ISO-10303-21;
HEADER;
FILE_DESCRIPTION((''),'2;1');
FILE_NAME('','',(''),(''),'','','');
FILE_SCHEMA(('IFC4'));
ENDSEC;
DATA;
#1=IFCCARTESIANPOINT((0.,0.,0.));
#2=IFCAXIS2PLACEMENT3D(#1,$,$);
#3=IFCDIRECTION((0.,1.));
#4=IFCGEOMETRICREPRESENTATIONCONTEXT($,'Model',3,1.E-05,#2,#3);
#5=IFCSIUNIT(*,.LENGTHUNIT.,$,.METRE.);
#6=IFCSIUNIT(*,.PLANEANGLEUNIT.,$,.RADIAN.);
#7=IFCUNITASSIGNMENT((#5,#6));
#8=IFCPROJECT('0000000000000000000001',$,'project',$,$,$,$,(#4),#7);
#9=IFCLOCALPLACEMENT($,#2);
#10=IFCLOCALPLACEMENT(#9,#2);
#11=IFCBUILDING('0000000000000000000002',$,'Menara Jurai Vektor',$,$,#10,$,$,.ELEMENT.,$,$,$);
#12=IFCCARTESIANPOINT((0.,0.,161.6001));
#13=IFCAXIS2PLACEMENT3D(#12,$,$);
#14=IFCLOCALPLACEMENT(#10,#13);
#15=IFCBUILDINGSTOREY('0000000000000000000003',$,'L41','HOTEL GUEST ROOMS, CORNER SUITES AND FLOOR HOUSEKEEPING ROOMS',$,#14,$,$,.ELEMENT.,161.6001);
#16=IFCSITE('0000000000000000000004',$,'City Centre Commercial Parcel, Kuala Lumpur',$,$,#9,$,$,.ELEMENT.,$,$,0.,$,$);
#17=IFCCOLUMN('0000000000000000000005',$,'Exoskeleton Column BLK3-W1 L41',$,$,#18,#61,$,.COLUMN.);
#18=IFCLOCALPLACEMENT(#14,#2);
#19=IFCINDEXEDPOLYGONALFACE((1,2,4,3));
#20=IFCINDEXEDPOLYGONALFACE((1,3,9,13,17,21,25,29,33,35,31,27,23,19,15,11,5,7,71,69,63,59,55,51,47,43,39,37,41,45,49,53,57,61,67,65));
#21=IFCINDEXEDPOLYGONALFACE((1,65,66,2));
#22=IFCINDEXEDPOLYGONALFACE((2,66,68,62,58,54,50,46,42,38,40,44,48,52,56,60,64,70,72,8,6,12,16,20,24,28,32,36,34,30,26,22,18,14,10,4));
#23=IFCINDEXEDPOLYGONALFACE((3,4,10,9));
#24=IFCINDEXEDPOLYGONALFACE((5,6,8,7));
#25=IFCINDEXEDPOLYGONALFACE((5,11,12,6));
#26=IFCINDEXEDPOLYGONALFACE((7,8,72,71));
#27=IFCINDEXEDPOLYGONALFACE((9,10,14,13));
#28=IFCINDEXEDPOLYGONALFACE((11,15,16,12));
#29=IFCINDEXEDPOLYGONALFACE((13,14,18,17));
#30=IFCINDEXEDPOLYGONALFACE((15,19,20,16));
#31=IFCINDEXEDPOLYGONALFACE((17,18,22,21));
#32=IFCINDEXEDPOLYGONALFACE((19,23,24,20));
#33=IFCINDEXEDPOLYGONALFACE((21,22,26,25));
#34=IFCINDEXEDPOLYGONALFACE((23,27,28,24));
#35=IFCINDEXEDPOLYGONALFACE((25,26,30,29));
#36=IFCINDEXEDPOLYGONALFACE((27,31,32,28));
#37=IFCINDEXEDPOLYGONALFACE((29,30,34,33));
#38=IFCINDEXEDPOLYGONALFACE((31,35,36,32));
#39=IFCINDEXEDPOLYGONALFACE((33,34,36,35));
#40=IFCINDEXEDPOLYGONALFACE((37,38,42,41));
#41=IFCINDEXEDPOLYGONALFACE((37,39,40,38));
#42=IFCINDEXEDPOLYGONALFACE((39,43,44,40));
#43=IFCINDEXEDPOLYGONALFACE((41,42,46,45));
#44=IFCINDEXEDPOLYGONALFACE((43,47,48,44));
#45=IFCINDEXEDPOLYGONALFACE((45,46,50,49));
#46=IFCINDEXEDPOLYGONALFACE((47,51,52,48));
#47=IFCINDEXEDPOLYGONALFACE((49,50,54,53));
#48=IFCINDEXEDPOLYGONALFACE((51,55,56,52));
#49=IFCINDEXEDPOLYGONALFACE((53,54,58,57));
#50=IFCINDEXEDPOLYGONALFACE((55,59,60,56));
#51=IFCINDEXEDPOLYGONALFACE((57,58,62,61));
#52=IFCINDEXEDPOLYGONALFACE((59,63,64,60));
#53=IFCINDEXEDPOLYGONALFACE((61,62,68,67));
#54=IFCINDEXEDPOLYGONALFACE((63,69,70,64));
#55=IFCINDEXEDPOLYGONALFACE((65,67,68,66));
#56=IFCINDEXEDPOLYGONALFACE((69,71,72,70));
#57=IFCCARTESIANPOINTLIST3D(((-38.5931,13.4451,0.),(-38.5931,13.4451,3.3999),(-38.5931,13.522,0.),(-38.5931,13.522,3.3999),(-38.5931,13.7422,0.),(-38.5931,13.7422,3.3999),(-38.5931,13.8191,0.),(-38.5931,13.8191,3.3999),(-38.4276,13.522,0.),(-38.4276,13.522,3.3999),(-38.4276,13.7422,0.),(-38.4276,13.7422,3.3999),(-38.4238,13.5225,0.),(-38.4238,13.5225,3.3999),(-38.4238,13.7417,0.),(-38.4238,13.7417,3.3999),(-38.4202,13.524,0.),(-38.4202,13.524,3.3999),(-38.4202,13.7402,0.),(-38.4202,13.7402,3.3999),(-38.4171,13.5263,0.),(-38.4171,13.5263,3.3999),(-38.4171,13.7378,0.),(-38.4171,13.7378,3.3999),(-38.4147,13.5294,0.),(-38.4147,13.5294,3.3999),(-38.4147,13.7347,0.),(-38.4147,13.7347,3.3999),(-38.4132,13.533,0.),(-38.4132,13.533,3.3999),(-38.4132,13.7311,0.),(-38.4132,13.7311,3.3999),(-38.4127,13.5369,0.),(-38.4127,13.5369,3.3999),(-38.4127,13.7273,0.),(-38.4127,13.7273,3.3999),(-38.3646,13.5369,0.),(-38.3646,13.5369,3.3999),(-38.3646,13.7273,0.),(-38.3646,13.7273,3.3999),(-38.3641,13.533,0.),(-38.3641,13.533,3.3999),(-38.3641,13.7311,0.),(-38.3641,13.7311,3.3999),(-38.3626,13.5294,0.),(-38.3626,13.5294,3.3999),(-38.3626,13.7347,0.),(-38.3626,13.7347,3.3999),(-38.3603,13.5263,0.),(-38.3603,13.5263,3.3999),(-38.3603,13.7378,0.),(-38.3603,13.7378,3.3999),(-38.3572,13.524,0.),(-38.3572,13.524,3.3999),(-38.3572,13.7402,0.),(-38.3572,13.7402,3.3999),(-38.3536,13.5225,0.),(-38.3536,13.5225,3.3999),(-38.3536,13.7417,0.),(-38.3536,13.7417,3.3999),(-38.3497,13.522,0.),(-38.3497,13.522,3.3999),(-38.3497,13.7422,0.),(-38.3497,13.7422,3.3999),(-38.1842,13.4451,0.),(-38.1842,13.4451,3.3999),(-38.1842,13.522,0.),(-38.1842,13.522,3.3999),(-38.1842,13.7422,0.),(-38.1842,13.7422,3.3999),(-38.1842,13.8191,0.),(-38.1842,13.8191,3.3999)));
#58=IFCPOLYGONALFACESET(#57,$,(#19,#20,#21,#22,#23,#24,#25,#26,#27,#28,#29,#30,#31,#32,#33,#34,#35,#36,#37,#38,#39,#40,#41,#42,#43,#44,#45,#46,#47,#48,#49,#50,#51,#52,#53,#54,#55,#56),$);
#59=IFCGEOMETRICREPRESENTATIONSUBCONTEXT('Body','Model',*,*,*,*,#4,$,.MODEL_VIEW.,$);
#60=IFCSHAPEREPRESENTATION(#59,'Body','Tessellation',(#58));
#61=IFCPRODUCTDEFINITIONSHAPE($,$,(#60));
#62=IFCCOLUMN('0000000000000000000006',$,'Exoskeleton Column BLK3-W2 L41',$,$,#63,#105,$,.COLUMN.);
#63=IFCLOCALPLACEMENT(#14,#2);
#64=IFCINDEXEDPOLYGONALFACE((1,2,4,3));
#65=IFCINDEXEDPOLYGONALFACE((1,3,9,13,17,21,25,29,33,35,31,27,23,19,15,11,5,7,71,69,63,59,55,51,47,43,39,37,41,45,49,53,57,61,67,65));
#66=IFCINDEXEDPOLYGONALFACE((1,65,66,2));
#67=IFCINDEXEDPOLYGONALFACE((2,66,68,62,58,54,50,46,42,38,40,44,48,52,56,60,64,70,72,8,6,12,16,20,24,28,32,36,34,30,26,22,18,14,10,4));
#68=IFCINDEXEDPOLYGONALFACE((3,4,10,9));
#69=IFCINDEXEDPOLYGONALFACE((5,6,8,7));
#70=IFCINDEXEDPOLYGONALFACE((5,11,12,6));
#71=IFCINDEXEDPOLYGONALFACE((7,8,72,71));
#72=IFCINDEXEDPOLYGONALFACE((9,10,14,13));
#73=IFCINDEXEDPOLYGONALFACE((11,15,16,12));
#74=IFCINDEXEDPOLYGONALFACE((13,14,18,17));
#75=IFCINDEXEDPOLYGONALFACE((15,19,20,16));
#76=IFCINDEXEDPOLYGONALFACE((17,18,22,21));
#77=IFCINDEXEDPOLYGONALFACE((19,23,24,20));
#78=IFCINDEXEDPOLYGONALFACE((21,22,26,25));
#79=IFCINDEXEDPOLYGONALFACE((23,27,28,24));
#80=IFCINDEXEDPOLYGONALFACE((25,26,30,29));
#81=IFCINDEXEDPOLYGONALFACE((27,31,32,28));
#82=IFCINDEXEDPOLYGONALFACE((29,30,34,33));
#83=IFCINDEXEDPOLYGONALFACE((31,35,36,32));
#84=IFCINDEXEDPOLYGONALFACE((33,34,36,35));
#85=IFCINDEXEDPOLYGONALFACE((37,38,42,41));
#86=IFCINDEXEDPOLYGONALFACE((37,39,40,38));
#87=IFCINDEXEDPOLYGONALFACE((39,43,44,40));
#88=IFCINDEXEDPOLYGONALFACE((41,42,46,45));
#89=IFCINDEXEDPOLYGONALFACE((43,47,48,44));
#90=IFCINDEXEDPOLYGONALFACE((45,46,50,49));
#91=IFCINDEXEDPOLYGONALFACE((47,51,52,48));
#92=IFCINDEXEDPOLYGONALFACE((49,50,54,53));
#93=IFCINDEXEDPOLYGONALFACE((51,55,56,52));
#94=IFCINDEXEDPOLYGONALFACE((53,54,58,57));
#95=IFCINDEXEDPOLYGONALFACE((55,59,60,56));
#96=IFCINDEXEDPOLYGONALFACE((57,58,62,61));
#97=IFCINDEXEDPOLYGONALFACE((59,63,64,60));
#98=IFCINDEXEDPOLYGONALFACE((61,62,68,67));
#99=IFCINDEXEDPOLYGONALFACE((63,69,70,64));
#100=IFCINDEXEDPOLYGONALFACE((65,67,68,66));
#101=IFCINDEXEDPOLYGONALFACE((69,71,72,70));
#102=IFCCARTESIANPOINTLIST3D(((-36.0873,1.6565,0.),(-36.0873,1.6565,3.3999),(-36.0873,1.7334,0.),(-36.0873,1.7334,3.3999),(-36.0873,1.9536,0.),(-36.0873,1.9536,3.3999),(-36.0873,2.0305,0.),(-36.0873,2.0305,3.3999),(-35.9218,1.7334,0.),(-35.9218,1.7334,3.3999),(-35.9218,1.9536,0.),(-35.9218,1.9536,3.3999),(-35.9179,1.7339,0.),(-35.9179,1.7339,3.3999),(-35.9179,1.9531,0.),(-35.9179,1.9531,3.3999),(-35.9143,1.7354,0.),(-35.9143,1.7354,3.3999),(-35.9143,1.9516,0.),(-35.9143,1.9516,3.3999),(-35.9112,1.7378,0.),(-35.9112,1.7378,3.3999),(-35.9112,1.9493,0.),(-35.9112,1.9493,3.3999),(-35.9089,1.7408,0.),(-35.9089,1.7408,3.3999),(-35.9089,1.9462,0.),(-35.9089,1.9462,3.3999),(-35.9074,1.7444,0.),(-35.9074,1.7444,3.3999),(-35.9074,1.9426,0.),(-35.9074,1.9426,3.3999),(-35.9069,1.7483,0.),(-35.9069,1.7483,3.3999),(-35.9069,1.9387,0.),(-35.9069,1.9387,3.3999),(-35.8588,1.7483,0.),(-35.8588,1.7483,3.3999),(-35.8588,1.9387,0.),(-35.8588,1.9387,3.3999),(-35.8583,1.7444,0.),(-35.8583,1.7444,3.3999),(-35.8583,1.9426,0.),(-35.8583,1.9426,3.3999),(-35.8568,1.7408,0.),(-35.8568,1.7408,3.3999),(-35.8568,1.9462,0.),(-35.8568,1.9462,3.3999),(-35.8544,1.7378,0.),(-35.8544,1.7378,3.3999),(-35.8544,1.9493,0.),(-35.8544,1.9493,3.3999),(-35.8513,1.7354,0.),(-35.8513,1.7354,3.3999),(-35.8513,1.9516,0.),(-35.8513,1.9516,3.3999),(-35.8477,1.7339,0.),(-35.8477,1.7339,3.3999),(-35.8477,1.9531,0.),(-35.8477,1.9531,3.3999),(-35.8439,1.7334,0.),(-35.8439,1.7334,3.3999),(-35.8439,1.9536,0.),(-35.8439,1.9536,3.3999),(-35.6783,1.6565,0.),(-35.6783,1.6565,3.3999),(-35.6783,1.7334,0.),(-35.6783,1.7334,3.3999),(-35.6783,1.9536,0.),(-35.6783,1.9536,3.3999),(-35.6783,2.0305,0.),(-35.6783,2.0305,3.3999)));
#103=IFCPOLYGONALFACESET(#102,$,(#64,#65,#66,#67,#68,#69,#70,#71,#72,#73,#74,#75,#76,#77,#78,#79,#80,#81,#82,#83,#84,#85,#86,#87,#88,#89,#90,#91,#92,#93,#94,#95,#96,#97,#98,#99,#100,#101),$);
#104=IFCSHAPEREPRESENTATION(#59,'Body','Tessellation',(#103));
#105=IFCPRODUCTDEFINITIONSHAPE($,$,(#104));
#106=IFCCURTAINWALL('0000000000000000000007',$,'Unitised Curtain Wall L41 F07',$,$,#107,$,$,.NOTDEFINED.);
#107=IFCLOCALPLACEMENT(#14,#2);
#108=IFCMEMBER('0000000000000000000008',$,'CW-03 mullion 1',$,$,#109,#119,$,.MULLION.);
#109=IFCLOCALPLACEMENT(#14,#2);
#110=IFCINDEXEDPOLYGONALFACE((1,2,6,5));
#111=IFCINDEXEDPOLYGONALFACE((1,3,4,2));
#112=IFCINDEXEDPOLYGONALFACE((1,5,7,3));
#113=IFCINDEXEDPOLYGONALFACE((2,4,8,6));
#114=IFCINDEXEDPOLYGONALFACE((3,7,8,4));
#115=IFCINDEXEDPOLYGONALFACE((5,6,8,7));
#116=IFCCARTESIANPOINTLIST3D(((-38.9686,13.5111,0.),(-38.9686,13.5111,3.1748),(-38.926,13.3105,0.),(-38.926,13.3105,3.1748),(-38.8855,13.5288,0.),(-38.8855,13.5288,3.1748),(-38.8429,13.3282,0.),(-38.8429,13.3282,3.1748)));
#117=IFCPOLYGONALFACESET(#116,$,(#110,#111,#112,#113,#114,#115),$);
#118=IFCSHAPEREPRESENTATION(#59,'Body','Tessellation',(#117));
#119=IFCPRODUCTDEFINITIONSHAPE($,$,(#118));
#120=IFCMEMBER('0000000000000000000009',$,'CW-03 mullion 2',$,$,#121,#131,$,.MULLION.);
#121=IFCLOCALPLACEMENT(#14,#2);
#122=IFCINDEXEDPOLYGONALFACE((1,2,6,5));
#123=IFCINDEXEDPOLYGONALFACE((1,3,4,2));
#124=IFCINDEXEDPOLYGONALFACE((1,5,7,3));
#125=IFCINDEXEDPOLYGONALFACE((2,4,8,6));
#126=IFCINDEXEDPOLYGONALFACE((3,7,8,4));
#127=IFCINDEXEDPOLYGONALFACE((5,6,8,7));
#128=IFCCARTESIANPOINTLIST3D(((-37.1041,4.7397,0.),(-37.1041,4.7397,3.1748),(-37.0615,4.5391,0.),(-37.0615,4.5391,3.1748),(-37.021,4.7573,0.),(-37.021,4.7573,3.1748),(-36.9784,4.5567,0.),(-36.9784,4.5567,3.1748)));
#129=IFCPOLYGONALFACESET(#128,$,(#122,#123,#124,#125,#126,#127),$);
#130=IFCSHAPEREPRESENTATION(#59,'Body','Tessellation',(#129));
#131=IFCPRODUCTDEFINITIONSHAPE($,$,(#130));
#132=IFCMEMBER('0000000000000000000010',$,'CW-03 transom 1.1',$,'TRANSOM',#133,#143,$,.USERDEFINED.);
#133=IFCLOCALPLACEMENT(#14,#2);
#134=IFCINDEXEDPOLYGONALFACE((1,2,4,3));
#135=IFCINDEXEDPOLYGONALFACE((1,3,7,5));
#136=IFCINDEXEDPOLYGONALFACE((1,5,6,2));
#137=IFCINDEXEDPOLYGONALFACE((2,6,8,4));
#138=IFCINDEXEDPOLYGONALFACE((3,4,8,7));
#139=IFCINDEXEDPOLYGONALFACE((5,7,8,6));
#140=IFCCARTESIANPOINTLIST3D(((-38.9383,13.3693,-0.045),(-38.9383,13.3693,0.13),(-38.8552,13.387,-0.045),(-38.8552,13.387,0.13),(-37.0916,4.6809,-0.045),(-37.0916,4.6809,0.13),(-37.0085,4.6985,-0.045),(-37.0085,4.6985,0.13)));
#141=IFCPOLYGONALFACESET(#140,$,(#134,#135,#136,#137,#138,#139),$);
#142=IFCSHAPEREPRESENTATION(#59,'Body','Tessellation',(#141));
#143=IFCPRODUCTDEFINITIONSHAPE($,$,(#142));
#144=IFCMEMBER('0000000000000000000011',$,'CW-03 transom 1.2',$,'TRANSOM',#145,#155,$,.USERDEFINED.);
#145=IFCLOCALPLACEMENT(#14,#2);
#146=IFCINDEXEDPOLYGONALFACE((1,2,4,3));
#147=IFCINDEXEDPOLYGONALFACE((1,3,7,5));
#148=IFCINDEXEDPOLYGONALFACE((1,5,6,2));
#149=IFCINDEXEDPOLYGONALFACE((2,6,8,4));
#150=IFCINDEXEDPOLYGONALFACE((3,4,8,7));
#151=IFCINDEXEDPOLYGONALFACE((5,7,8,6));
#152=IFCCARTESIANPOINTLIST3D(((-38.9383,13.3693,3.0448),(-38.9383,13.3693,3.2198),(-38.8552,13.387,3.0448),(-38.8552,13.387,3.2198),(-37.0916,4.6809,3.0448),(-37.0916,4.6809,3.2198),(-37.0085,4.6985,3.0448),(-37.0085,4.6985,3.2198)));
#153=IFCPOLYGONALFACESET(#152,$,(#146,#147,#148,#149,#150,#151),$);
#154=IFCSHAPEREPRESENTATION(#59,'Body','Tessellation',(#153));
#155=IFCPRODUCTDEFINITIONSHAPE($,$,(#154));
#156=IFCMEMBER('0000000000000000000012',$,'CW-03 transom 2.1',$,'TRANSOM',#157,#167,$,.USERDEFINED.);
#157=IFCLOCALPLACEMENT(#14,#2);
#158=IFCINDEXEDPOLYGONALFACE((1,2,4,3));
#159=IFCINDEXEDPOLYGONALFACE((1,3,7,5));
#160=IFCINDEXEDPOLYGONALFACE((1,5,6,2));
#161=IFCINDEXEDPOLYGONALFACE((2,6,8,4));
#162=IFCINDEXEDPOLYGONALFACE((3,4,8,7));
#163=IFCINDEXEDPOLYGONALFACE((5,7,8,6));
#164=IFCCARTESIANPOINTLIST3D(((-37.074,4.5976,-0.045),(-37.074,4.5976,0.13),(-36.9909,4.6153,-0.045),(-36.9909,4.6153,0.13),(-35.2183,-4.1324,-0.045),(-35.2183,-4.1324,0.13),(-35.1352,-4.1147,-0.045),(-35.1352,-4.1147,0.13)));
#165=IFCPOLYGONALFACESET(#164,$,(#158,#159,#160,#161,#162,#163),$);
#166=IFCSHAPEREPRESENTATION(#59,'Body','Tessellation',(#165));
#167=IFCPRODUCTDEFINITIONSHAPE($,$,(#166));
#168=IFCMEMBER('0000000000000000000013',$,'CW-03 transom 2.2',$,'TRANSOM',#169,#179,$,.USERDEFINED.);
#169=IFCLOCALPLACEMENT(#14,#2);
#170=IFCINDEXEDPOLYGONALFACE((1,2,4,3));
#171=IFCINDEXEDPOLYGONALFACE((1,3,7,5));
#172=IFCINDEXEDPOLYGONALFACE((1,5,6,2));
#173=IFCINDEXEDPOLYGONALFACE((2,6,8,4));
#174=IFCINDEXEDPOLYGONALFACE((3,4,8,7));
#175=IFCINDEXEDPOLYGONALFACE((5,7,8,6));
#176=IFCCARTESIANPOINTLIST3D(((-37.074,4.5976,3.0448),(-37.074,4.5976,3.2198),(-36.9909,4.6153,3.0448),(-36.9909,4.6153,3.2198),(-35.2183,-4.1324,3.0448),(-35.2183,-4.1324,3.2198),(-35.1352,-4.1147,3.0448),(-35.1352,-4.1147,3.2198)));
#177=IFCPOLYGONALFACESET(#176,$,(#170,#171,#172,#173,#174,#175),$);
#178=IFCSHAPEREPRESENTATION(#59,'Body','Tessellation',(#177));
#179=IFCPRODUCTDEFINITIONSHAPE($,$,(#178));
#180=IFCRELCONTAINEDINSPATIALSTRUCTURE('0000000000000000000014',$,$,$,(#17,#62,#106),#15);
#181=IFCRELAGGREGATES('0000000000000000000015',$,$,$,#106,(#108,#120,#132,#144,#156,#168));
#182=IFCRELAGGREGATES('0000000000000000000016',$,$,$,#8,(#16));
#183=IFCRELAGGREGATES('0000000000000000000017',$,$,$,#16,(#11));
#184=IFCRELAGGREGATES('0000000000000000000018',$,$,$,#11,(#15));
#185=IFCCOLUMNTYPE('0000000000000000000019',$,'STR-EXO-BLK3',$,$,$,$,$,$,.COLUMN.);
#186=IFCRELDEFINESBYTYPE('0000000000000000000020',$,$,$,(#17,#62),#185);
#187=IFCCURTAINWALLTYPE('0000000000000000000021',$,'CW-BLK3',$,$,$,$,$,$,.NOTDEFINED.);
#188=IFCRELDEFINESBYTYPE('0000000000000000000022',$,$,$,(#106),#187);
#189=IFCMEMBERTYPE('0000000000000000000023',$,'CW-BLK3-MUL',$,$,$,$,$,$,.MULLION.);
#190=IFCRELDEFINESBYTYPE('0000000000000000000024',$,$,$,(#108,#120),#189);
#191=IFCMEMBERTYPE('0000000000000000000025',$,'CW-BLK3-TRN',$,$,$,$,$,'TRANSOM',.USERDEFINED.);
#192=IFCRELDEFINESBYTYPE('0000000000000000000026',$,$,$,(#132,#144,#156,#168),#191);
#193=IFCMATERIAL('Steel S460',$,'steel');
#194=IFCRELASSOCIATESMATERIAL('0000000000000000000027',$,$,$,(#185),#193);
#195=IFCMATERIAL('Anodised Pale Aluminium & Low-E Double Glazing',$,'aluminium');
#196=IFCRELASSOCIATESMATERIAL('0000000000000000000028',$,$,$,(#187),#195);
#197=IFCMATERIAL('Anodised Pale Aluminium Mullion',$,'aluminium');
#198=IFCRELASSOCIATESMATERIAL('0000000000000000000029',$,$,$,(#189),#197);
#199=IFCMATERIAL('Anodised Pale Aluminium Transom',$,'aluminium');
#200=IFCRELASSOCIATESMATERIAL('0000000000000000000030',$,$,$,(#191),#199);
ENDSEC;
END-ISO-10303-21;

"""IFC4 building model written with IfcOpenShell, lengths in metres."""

from ifc_helpers import new_model, si_unit, direction, frame, origin, origin_2d, place, context, subcontext, project, spatial, rectangle, i_section, extrude, material, material_profile, profile_set, type_object, element, aggregate, save


model = new_model("IFC4")

# Units and contexts
model_context = context("Model", 3, precision=1e-05, world=origin(), true_north=direction((0.0, 1.0)))
body_context = subcontext(model_context, "Body", "Model", "MODEL_VIEW")
ifc_project = project(units=[si_unit("LENGTHUNIT", "METRE"), si_unit("PLANEANGLEUNIT", "RADIAN")], contexts=[model_context])

# Site, building, storey
site_placement = place(None, origin())
site = spatial("IfcSite", under=ifc_project, at=site_placement, Name="City Centre Commercial Parcel, Kuala Lumpur", CompositionType="ELEMENT", RefElevation=0.0)
building_placement = place(site_placement, origin())
building = spatial("IfcBuilding", under=site, at=building_placement, Name="Menara Jurai Vektor", CompositionType="ELEMENT")
storey_placement = place(building_placement, frame((0.0, 0.0, 161.6001)))
storey = spatial("IfcBuildingStorey", under=building, at=storey_placement, Name="L41", Description="HOTEL GUEST ROOMS, CORNER SUITES AND FLOOR HOUSEKEEPING ROOMS", CompositionType="ELEMENT", Elevation=161.6001)

# Columns
ifc_material_1 = material(Name="Steel S460", Category="steel")
ifc_material_profile_1 = material_profile(ifc_material_1, i_section(OverallWidth=0.4089, OverallDepth=0.374, WebThickness=0.0481, FlangeThickness=0.0769, FilletRadius=0.0149, at=origin_2d()), Name="HD 400x634")
ifc_profile_set_1 = profile_set([ifc_material_profile_1], Name="Steel S460")
column_type = type_object("IfcColumnType", Name="STR-EXO-BLK3", PredefinedType="COLUMN", material=ifc_profile_set_1)
for number, where, z_axis, x_axis, name in (
    (1, (-38.3887, 13.6321, 0.0), (0.0, 0.0, 1.0), (1.0, 0.0, 0.0), "Exoskeleton Column BLK3-W1 L41"),
    (2, (-35.8828, 1.8435, 0.0), (0.0, 0.0, 1.0), (1.0, 0.0, 0.0), "Exoskeleton Column BLK3-W2 L41"),
):
    element("IfcColumn", number, at=place(storey_placement, frame(where, z_axis=z_axis, x_axis=x_axis)), inside=storey, type_object=column_type, Name=name, PredefinedType="COLUMN", context=body_context, shape_type="SweptSolid", body=[
        extrude(i_section(OverallWidth=0.4089, OverallDepth=0.374, WebThickness=0.0481, FlangeThickness=0.0769, FilletRadius=0.0149, at=origin_2d()), origin(), (0.0, 0.0, 1.0), 3.3999),
    ])

# Curtain wall, members
ifc_material_2 = material(Name="Anodised Pale Aluminium & Low-E Double Glazing", Category="aluminium")
curtain_wall_type = type_object("IfcCurtainWallType", Name="CW-BLK3", PredefinedType="NOTDEFINED", material=ifc_material_2)
curtain_wall_placement = place(storey_placement, origin())
curtain_wall = element("IfcCurtainWall", 3, at=curtain_wall_placement, inside=storey, type_object=curtain_wall_type, Name="Unitised Curtain Wall L41 F07", PredefinedType="NOTDEFINED")
ifc_material_3 = material(Name="Anodised Pale Aluminium Mullion", Category="aluminium")
ifc_material_profile_2 = material_profile(ifc_material_3, rectangle(XDim=0.085, YDim=0.2051, at=origin_2d()), Name="ALU MUL 85x205")
ifc_profile_set_2 = profile_set([ifc_material_profile_2], Name="Anodised Pale Aluminium Mullion")
member_type_1 = type_object("IfcMemberType", Name="CW-BLK3-MUL", PredefinedType="MULLION", material=ifc_profile_set_2)
member_1_placement = place(storey_placement, frame((-38.9058, 13.4197, 0.0), z_axis=(0.0, 0.0, 1.0), x_axis=(0.978148, 0.20791, 0.0)))
member_1 = element("IfcMember", 4, at=member_1_placement, type_object=member_type_1, Name="CW-03 mullion 1", PredefinedType="MULLION", context=body_context, shape_type="SweptSolid", body=[
    extrude(rectangle(XDim=0.085, YDim=0.2051, at=origin_2d()), origin(), (0.0, 0.0, 1.0), 3.1748),
])
member_2_placement = place(storey_placement, frame((-37.0413, 4.6482, 0.0), z_axis=(0.0, 0.0, 1.0), x_axis=(0.978148, 0.20791, 0.0)))
member_2 = element("IfcMember", 5, at=member_2_placement, type_object=member_type_1, Name="CW-03 mullion 2", PredefinedType="MULLION", context=body_context, shape_type="SweptSolid", body=[
    extrude(rectangle(XDim=0.085, YDim=0.2051, at=origin_2d()), origin(), (0.0, 0.0, 1.0), 3.1748),
])
ifc_material_4 = material(Name="Anodised Pale Aluminium Transom", Category="aluminium")
ifc_material_profile_3 = material_profile(ifc_material_4, rectangle(XDim=0.085, YDim=0.175, at=origin_2d()), Name="ALU TRN 85x175")
ifc_profile_set_3 = profile_set([ifc_material_profile_3], Name="Anodised Pale Aluminium Transom")
member_type_2 = type_object("IfcMemberType", Name="CW-BLK3-TRN", ElementType="TRANSOM", PredefinedType="USERDEFINED", material=ifc_profile_set_3)
member_3_placement = place(storey_placement, frame((-38.8967, 13.3782, 0.0425), z_axis=(0.2079, -0.97815, 0.0), x_axis=(0.97815, 0.2079, 0.0)))
member_3 = element("IfcMember", 6, at=member_3_placement, type_object=member_type_2, Name="CW-03 transom 1.1", ObjectType="TRANSOM", PredefinedType="USERDEFINED", context=body_context, shape_type="SweptSolid", body=[
    extrude(rectangle(XDim=0.085, YDim=0.175, at=origin_2d()), origin(), (0.0, 0.0, 1.0), 8.8826),
])
member_4_placement = place(storey_placement, frame((-38.8967, 13.3782, 3.1323), z_axis=(0.2079, -0.97815, 0.0), x_axis=(0.97815, 0.2079, 0.0)))
member_4 = element("IfcMember", 7, at=member_4_placement, type_object=member_type_2, Name="CW-03 transom 1.2", ObjectType="TRANSOM", PredefinedType="USERDEFINED", context=body_context, shape_type="SweptSolid", body=[
    extrude(rectangle(XDim=0.085, YDim=0.175, at=origin_2d()), origin(), (0.0, 0.0, 1.0), 8.8826),
])
member_5_placement = place(storey_placement, frame((-37.0325, 4.6064, 0.0425), z_axis=(0.207922, -0.978145, 0.0), x_axis=(0.978145, 0.207922, 0.0)))
member_5 = element("IfcMember", 8, at=member_5_placement, type_object=member_type_2, Name="CW-03 transom 2.1", ObjectType="TRANSOM", PredefinedType="USERDEFINED", context=body_context, shape_type="SweptSolid", body=[
    extrude(rectangle(XDim=0.085, YDim=0.175, at=origin_2d()), origin(), (0.0, 0.0, 1.0), 8.925),
])
member_6_placement = place(storey_placement, frame((-37.0325, 4.6064, 3.1323), z_axis=(0.207922, -0.978145, 0.0), x_axis=(0.978145, 0.207922, 0.0)))
member_6 = element("IfcMember", 9, at=member_6_placement, type_object=member_type_2, Name="CW-03 transom 2.2", ObjectType="TRANSOM", PredefinedType="USERDEFINED", context=body_context, shape_type="SweptSolid", body=[
    extrude(rectangle(XDim=0.085, YDim=0.175, at=origin_2d()), origin(), (0.0, 0.0, 1.0), 8.925),
])

aggregate(curtain_wall, [member_1, member_2, member_3, member_4, member_5, member_6])

save(model, "model.ifc")
